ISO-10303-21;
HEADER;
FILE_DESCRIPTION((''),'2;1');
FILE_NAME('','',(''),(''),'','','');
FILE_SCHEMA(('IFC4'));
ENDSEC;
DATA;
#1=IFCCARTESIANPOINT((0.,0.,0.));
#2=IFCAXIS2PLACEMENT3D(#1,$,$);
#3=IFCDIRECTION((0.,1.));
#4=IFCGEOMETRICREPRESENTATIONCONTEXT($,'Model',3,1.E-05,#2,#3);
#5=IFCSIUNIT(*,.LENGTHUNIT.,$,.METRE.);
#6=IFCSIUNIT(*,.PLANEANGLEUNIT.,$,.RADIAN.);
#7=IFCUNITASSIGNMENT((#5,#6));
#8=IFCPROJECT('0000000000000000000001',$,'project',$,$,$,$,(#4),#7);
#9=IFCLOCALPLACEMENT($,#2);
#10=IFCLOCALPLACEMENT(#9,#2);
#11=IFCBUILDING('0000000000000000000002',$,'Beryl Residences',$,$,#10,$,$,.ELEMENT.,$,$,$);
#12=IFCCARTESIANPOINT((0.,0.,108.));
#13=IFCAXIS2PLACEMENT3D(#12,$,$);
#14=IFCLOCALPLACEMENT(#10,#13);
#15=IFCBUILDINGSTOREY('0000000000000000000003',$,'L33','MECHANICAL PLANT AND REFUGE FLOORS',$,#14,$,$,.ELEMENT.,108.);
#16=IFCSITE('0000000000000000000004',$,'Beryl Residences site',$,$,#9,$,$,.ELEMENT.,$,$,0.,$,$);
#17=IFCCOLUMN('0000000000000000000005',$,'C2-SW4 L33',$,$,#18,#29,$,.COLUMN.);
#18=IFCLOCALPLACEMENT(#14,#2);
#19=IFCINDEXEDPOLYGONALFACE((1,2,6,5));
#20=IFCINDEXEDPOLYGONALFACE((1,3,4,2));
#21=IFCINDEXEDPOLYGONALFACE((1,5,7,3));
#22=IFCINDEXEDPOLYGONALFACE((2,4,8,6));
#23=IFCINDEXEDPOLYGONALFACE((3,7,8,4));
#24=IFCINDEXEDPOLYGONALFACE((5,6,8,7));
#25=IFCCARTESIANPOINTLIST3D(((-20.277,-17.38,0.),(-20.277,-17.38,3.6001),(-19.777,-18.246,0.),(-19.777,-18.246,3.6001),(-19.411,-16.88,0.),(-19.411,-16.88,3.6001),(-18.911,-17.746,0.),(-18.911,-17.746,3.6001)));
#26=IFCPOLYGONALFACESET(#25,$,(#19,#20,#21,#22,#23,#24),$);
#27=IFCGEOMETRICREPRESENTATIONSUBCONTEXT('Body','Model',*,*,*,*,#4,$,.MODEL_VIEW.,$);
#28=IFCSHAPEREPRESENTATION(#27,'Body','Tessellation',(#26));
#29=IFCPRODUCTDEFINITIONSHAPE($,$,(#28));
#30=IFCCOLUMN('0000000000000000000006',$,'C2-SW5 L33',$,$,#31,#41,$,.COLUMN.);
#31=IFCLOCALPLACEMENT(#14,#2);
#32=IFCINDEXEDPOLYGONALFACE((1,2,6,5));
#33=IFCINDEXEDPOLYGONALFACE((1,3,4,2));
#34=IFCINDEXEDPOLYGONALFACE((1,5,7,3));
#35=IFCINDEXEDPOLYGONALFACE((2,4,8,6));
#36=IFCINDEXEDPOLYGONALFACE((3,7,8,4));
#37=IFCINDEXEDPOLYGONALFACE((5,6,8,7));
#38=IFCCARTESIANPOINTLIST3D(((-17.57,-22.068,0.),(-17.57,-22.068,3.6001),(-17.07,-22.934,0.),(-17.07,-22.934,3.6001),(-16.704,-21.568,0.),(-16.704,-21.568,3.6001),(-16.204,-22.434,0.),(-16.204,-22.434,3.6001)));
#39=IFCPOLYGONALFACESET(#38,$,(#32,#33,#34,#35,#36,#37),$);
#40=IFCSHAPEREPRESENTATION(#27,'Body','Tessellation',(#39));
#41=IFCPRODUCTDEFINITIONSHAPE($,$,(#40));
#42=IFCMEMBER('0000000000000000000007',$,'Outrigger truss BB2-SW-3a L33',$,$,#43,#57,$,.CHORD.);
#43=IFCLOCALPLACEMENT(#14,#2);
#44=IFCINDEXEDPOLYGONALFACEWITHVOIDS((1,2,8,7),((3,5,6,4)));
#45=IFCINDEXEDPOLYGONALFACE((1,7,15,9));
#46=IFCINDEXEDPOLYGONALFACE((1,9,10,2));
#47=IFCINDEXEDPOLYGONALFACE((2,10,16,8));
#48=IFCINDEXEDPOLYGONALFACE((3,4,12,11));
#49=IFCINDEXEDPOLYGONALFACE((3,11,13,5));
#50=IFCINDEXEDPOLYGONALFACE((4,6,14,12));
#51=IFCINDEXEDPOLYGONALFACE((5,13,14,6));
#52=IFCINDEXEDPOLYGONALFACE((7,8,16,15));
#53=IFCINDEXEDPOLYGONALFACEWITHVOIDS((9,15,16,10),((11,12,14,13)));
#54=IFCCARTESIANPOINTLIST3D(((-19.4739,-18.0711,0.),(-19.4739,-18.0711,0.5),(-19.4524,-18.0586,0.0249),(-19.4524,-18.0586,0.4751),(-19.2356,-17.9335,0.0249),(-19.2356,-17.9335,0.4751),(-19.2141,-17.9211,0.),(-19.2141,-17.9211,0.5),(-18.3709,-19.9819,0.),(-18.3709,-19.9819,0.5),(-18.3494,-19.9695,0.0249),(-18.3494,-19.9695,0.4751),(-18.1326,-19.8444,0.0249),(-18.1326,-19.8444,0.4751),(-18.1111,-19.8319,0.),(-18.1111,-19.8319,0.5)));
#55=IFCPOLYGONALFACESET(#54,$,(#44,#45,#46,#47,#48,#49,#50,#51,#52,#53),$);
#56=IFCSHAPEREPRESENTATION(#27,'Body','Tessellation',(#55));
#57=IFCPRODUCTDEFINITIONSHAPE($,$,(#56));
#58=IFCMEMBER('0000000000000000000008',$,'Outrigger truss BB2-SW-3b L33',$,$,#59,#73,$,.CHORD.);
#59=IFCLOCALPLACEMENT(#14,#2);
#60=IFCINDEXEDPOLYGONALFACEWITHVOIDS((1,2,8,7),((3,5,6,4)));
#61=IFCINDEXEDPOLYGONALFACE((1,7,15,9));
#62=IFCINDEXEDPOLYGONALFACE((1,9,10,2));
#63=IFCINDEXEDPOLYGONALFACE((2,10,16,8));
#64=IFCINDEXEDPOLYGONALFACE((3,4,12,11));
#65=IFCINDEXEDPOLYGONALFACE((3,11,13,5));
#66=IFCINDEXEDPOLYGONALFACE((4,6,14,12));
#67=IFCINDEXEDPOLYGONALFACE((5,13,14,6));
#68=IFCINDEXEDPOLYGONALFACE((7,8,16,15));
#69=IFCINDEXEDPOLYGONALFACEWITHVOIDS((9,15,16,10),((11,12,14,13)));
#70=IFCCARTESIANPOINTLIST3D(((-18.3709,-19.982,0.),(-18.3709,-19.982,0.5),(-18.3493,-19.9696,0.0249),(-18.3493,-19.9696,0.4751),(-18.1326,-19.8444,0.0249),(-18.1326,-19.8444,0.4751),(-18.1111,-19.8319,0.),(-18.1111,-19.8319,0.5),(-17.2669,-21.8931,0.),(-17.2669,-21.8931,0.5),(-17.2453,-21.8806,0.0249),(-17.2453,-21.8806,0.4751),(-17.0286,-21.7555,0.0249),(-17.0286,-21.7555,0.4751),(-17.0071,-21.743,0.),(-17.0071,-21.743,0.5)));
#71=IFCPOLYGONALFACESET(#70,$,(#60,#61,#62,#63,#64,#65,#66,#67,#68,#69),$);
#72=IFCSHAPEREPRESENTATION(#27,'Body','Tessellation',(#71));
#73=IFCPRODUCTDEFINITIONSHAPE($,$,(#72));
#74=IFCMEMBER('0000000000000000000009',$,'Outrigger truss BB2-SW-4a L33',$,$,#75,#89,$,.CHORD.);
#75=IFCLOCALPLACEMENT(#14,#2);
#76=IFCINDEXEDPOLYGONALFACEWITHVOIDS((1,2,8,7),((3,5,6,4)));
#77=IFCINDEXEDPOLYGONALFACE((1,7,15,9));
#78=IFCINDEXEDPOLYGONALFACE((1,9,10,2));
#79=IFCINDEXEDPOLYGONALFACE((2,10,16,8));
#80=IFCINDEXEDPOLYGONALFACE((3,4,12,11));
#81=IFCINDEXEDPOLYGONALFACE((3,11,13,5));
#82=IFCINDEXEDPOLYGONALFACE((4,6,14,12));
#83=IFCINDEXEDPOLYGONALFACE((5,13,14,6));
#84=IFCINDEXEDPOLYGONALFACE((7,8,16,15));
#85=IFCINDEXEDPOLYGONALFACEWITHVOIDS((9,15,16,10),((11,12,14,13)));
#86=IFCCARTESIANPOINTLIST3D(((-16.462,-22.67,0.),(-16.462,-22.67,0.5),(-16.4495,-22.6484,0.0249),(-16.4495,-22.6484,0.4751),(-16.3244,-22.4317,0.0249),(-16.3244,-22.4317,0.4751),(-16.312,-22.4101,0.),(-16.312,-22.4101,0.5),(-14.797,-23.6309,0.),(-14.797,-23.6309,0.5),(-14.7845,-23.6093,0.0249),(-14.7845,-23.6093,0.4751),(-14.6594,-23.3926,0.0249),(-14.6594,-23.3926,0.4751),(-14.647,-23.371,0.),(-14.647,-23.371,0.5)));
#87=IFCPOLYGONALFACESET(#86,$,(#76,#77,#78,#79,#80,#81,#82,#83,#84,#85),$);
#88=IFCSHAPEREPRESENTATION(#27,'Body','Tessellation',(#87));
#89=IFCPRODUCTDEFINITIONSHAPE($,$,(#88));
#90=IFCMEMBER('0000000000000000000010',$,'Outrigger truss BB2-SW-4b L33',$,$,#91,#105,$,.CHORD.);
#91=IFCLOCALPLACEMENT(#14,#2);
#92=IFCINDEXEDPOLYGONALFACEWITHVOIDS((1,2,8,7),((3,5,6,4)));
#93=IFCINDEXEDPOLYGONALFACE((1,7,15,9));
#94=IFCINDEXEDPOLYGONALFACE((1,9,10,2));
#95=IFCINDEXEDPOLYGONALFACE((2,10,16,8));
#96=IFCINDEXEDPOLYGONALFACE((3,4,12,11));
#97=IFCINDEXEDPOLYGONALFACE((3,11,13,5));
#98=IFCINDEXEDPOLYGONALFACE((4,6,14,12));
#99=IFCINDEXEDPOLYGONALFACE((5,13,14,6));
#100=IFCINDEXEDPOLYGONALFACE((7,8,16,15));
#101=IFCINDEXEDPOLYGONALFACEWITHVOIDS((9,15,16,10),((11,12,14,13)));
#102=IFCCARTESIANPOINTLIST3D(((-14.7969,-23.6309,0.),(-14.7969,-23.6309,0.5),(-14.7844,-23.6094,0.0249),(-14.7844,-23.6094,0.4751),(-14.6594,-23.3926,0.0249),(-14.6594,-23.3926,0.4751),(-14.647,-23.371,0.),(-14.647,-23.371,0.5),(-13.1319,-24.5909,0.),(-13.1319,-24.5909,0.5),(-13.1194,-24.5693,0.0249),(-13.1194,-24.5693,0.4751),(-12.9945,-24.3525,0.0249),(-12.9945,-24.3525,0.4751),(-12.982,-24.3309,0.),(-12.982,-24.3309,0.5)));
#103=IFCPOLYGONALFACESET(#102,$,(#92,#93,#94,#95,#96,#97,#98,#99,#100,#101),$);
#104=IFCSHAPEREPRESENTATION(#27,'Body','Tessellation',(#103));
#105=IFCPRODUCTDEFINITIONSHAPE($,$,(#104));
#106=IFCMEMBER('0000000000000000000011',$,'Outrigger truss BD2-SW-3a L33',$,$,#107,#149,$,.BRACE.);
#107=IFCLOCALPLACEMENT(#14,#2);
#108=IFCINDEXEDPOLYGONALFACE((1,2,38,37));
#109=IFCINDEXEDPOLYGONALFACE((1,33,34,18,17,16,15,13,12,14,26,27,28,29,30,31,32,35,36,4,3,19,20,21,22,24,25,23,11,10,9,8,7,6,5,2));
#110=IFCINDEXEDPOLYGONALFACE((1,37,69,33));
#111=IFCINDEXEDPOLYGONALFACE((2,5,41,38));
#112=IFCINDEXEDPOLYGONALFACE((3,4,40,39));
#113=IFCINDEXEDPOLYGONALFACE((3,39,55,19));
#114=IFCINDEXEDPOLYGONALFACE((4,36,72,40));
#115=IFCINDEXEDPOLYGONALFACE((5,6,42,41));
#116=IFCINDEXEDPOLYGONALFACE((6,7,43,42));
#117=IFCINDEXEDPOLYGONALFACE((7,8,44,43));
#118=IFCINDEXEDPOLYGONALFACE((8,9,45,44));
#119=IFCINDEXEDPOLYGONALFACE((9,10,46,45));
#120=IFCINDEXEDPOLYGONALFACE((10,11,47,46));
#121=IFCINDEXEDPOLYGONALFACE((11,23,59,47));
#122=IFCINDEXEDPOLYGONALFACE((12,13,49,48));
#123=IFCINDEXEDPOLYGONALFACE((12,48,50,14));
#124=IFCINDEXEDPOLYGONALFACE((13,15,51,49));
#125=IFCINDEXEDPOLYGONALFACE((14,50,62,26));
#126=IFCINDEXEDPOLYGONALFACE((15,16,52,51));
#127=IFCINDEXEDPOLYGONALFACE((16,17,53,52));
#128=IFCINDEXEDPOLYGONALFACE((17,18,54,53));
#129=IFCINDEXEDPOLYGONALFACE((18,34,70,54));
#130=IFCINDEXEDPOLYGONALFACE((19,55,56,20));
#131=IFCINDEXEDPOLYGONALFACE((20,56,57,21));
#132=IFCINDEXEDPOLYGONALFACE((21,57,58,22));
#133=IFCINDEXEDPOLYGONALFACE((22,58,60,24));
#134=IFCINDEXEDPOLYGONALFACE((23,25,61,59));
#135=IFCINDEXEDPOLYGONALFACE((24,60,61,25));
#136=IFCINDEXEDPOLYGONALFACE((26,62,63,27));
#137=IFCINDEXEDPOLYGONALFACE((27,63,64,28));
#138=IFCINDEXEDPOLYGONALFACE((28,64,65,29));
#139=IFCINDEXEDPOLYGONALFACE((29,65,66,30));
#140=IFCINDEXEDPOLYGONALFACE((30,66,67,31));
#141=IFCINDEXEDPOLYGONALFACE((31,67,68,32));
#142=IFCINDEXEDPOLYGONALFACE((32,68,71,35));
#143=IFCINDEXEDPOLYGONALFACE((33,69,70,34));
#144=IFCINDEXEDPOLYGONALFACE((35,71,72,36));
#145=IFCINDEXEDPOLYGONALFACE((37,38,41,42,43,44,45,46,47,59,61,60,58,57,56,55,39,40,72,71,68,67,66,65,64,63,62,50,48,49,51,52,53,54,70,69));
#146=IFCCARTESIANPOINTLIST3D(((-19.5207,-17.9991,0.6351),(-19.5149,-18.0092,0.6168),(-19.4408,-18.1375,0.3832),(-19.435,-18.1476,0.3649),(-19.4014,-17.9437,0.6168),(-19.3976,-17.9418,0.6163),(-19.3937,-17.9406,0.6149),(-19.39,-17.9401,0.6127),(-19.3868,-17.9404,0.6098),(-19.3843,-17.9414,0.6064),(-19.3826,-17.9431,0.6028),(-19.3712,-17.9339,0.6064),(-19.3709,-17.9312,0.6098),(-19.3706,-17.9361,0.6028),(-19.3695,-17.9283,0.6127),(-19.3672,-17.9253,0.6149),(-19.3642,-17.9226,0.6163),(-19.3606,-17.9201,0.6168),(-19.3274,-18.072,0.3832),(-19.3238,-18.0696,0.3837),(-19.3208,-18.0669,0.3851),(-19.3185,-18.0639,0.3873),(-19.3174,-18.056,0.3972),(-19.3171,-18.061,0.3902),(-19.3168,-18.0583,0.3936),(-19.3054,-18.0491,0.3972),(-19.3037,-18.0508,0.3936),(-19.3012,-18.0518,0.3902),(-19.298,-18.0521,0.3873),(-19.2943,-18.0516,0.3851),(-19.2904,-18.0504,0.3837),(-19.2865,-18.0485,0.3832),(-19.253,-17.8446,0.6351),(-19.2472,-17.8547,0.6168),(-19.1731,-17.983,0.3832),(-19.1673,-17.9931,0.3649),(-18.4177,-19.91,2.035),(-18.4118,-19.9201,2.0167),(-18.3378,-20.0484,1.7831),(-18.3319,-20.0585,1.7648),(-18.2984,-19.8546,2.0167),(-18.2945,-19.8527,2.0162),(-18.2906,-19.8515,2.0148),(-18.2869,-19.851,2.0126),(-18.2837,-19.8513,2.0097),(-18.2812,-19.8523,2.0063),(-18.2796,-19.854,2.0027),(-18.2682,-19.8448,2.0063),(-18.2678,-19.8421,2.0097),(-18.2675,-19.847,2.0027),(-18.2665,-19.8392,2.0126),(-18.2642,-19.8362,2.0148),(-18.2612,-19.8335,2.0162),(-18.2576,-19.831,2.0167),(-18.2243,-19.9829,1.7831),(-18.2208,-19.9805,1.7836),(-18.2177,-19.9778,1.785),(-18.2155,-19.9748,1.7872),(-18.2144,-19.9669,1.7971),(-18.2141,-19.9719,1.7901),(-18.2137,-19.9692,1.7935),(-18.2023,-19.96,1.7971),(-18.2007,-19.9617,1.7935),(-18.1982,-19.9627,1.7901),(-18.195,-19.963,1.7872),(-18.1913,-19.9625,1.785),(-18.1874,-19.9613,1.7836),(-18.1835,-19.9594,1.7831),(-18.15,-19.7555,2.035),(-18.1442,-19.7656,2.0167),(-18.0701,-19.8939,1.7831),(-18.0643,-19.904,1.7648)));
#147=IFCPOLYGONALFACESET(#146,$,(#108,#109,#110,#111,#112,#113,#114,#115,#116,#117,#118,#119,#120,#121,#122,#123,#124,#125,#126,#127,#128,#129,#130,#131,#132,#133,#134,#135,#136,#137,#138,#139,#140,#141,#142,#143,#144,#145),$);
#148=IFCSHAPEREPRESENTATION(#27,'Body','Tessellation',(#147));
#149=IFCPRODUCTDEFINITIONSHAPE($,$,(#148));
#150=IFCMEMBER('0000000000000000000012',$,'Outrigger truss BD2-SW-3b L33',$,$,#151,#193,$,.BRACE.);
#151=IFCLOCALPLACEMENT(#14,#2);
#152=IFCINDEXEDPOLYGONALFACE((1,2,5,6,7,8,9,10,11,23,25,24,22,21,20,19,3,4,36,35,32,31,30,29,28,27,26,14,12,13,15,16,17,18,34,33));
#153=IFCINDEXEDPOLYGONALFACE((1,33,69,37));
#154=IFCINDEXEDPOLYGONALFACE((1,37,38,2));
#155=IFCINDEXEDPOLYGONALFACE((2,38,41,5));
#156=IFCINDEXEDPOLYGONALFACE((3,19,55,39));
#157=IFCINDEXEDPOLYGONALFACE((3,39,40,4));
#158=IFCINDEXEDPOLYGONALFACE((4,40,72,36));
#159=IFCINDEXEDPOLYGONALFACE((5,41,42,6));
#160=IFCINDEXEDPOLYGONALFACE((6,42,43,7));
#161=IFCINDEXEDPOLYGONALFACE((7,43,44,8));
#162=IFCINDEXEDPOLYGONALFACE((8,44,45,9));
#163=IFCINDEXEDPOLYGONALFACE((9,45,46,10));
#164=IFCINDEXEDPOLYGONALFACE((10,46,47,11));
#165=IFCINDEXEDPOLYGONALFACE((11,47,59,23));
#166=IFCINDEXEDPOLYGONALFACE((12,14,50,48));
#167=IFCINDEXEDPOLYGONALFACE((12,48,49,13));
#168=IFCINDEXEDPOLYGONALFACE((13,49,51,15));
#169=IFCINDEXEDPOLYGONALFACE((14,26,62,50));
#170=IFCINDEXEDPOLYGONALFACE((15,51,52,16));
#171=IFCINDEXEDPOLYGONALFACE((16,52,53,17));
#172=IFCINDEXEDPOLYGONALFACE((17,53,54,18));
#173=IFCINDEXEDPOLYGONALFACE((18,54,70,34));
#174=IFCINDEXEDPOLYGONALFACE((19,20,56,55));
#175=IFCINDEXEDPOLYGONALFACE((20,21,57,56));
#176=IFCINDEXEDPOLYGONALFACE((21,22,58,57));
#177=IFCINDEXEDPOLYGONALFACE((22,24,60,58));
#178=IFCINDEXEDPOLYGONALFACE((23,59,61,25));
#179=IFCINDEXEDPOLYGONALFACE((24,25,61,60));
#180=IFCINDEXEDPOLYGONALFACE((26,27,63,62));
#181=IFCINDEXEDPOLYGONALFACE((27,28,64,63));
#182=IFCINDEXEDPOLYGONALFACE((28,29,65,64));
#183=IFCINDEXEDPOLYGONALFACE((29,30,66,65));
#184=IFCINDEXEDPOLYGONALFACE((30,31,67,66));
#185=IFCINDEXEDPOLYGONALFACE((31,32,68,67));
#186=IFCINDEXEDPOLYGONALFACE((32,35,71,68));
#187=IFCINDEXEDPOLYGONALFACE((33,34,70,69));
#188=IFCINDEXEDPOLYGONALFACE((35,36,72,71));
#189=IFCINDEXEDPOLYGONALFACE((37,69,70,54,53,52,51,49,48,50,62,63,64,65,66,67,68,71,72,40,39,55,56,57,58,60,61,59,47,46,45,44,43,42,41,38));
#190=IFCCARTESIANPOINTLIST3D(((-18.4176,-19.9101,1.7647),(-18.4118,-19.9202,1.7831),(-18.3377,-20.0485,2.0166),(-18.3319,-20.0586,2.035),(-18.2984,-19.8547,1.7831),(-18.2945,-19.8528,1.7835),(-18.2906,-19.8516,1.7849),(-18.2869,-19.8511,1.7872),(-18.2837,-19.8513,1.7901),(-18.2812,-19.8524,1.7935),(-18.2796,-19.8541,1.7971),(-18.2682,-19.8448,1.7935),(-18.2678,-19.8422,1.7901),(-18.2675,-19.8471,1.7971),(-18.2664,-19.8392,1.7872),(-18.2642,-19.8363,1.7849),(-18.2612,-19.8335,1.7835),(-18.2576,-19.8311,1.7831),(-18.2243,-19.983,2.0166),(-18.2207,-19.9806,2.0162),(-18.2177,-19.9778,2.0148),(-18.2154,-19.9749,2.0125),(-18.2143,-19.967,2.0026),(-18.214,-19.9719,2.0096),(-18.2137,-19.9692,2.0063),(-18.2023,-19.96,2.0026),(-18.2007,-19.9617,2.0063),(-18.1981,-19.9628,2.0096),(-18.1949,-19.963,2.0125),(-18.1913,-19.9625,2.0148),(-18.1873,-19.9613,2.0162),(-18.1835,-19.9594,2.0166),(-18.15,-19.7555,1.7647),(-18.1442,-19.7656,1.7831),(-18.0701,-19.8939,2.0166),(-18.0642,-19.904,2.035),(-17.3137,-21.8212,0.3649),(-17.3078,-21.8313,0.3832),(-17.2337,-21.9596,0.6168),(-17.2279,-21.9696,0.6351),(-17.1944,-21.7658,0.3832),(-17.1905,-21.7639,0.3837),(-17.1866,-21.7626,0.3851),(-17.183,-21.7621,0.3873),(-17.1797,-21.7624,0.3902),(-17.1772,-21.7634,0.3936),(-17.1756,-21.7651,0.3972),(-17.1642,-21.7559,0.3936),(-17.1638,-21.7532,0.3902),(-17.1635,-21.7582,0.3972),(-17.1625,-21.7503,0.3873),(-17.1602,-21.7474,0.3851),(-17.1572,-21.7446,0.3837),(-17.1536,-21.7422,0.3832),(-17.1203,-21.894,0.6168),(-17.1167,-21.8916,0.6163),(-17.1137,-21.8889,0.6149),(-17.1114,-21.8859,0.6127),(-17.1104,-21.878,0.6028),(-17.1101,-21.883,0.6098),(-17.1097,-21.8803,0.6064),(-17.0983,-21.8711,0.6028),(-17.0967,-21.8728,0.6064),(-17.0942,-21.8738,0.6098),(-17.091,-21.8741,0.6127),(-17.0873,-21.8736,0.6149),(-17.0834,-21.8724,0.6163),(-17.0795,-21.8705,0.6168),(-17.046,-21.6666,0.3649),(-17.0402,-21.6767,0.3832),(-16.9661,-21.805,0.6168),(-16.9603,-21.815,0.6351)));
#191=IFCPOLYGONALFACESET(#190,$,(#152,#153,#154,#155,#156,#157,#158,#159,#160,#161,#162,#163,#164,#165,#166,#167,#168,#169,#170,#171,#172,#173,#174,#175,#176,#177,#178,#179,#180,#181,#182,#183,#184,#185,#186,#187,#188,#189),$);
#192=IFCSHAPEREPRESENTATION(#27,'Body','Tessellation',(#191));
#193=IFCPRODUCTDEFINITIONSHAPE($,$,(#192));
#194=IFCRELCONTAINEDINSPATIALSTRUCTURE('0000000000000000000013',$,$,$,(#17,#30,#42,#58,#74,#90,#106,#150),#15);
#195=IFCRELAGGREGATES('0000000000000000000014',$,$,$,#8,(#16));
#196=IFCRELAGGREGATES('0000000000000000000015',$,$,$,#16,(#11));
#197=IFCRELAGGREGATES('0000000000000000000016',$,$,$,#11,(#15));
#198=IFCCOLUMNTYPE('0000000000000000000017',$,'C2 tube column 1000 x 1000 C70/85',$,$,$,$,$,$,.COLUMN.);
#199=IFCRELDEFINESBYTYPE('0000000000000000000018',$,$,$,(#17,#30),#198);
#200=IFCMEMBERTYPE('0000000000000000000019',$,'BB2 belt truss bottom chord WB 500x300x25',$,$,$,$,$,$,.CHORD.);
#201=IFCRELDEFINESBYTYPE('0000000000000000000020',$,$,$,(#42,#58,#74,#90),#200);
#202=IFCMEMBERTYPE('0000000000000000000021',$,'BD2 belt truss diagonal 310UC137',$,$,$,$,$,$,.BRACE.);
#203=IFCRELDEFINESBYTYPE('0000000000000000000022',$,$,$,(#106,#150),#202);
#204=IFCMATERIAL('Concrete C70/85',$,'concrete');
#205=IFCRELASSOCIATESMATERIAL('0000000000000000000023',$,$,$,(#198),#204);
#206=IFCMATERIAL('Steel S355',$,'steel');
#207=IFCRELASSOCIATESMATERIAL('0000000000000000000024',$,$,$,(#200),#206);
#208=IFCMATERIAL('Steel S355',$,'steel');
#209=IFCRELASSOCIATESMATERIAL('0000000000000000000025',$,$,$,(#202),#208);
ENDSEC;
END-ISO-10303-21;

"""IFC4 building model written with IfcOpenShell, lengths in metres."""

from ifc_helpers import new_model, si_unit, direction, frame, origin, origin_2d, place, context, subcontext, project, spatial, rectangle, hollow_rectangle, i_section, extrude, material, material_profile, profile_set, type_object, element, save


model = new_model("IFC4")

# Units and contexts
model_context = context("Model", 3, precision=1e-05, world=origin(), true_north=direction((0.0, 1.0)))
body_context = subcontext(model_context, "Body", "Model", "MODEL_VIEW")
ifc_project = project(units=[si_unit("LENGTHUNIT", "METRE"), si_unit("PLANEANGLEUNIT", "RADIAN")], contexts=[model_context])

# Site, building, storey
site_placement = place(None, origin())
site = spatial("IfcSite", under=ifc_project, at=site_placement, Name="Beryl Residences site", CompositionType="ELEMENT", RefElevation=0.0)
building_placement = place(site_placement, origin())
building = spatial("IfcBuilding", under=site, at=building_placement, Name="Beryl Residences", CompositionType="ELEMENT")
storey_placement = place(building_placement, frame((0.0, 0.0, 108.0)))
storey = spatial("IfcBuildingStorey", under=building, at=storey_placement, Name="L33", Description="MECHANICAL PLANT AND REFUGE FLOORS", CompositionType="ELEMENT", Elevation=108.0)

# Columns
ifc_material_1 = material(Name="Concrete C70/85", Category="concrete")
ifc_material_profile_1 = material_profile(ifc_material_1, rectangle(XDim=1.0, YDim=1.0, at=origin_2d()))
ifc_profile_set_1 = profile_set([ifc_material_profile_1], Name="Concrete C70/85")
column_type = type_object("IfcColumnType", Name="C2 tube column 1000 x 1000 C70/85", PredefinedType="COLUMN", material=ifc_profile_set_1)
for number, where, z_axis, x_axis, name in (
    (1, (-19.594, -17.563, 0.0), (0.0, 0.0, 1.0), (0.5, -0.866025, 0.0), "C2-SW4 L33"),
    (2, (-16.887, -22.251, 0.0), (0.0, 0.0, 1.0), (0.5, -0.866025, 0.0), "C2-SW5 L33"),
):
    element("IfcColumn", number, at=place(storey_placement, frame(where, z_axis=z_axis, x_axis=x_axis)), inside=storey, type_object=column_type, Name=name, PredefinedType="COLUMN", context=body_context, shape_type="SweptSolid", body=[
        extrude(rectangle(XDim=1.0, YDim=1.0, at=origin_2d()), origin(), (0.0, 0.0, 1.0), 3.6001),
    ])

# Members
ifc_material_2 = material(Name="Steel S355", Category="steel")
ifc_material_profile_2 = material_profile(ifc_material_2, hollow_rectangle(XDim=0.3, YDim=0.5, WallThickness=0.0249, at=origin_2d()))
ifc_profile_set_2 = profile_set([ifc_material_profile_2], Name="Steel S355")
member_type_1 = type_object("IfcMemberType", Name="BB2 belt truss bottom chord WB 500x300x25", PredefinedType="CHORD", material=ifc_profile_set_2)
member_1_placement = place(storey_placement, frame((-19.344, -17.9961, 0.25), z_axis=(0.499924, -0.86607, 0.0), x_axis=(0.86607, 0.499924, 0.0)))
element("IfcMember", 3, at=member_1_placement, inside=storey, type_object=member_type_1, Name="Outrigger truss BB2-SW-3a L33", PredefinedType="CHORD", context=body_context, shape_type="SweptSolid", body=[
    extrude(hollow_rectangle(XDim=0.3, YDim=0.5, WallThickness=0.0249, at=origin_2d()), origin(), (0.0, 0.0, 1.0), 2.2063),
])
member_2_placement = place(storey_placement, frame((-18.241, -19.907, 0.25), z_axis=(0.500208, -0.865906, 0.0), x_axis=(0.865906, 0.500208, 0.0)))
element("IfcMember", 4, at=member_2_placement, inside=storey, type_object=member_type_1, Name="Outrigger truss BB2-SW-3b L33", PredefinedType="CHORD", context=body_context, shape_type="SweptSolid", body=[
    extrude(hollow_rectangle(XDim=0.3, YDim=0.5, WallThickness=0.0249, at=origin_2d()), origin(), (0.0, 0.0, 1.0), 2.207),
])
member_3_placement = place(storey_placement, frame((-16.387, -22.54, 0.25), z_axis=(0.866109, -0.499854, 0.0), x_axis=(0.499854, 0.866109, 0.0)))
element("IfcMember", 5, at=member_3_placement, inside=storey, type_object=member_type_1, Name="Outrigger truss BB2-SW-4a L33", PredefinedType="CHORD", context=body_context, shape_type="SweptSolid", body=[
    extrude(hollow_rectangle(XDim=0.3, YDim=0.5, WallThickness=0.0249, at=origin_2d()), origin(), (0.0, 0.0, 1.0), 1.9224),
])
member_4_placement = place(storey_placement, frame((-14.7219, -23.501, 0.25), z_axis=(0.866329, -0.499473, 0.0), x_axis=(0.499473, 0.866329, 0.0)))
element("IfcMember", 6, at=member_4_placement, inside=storey, type_object=member_type_1, Name="Outrigger truss BB2-SW-4b L33", PredefinedType="CHORD", context=body_context, shape_type="SweptSolid", body=[
    extrude(hollow_rectangle(XDim=0.3, YDim=0.5, WallThickness=0.0249, at=origin_2d()), origin(), (0.0, 0.0, 1.0), 1.9219),
])
ifc_material_3 = material(Name="Steel S355", Category="steel")
ifc_material_profile_3 = material_profile(ifc_material_3, i_section(OverallWidth=0.3091, OverallDepth=0.3201, WebThickness=0.0139, FlangeThickness=0.0217, FilletRadius=0.0166, at=origin_2d()))
ifc_profile_set_3 = profile_set([ifc_material_profile_3], Name="Steel S355")
member_type_2 = type_object("IfcMemberType", Name="BD2 belt truss diagonal 310UC137", PredefinedType="BRACE", material=ifc_profile_set_3)
member_5_placement = place(storey_placement, frame((-19.344, -17.9961, 0.5), z_axis=(0.422127, -0.731294, 0.53574), x_axis=(0.86607, 0.499924, 0.0)))
element("IfcMember", 7, at=member_5_placement, inside=storey, type_object=member_type_2, Name="Outrigger truss BD2-SW-3a L33", PredefinedType="BRACE", context=body_context, shape_type="SweptSolid", body=[
    extrude(i_section(OverallWidth=0.3091, OverallDepth=0.3201, WebThickness=0.0139, FlangeThickness=0.0217, FilletRadius=0.0166, at=origin_2d()), origin(), (0.0, 0.0, 1.0), 2.613),
])
member_6_placement = place(storey_placement, frame((-17.137, -21.8181, 0.5), z_axis=(-0.422405, 0.731222, 0.535619), x_axis=(-0.865906, -0.500208, 0.0)))
element("IfcMember", 8, at=member_6_placement, inside=storey, type_object=member_type_2, Name="Outrigger truss BD2-SW-3b L33", PredefinedType="BRACE", context=body_context, shape_type="SweptSolid", body=[
    extrude(i_section(OverallWidth=0.3091, OverallDepth=0.3201, WebThickness=0.0139, FlangeThickness=0.0217, FilletRadius=0.0166, at=origin_2d()), origin(), (0.0, 0.0, 1.0), 2.6135),
])

save(model, "model.ifc")
